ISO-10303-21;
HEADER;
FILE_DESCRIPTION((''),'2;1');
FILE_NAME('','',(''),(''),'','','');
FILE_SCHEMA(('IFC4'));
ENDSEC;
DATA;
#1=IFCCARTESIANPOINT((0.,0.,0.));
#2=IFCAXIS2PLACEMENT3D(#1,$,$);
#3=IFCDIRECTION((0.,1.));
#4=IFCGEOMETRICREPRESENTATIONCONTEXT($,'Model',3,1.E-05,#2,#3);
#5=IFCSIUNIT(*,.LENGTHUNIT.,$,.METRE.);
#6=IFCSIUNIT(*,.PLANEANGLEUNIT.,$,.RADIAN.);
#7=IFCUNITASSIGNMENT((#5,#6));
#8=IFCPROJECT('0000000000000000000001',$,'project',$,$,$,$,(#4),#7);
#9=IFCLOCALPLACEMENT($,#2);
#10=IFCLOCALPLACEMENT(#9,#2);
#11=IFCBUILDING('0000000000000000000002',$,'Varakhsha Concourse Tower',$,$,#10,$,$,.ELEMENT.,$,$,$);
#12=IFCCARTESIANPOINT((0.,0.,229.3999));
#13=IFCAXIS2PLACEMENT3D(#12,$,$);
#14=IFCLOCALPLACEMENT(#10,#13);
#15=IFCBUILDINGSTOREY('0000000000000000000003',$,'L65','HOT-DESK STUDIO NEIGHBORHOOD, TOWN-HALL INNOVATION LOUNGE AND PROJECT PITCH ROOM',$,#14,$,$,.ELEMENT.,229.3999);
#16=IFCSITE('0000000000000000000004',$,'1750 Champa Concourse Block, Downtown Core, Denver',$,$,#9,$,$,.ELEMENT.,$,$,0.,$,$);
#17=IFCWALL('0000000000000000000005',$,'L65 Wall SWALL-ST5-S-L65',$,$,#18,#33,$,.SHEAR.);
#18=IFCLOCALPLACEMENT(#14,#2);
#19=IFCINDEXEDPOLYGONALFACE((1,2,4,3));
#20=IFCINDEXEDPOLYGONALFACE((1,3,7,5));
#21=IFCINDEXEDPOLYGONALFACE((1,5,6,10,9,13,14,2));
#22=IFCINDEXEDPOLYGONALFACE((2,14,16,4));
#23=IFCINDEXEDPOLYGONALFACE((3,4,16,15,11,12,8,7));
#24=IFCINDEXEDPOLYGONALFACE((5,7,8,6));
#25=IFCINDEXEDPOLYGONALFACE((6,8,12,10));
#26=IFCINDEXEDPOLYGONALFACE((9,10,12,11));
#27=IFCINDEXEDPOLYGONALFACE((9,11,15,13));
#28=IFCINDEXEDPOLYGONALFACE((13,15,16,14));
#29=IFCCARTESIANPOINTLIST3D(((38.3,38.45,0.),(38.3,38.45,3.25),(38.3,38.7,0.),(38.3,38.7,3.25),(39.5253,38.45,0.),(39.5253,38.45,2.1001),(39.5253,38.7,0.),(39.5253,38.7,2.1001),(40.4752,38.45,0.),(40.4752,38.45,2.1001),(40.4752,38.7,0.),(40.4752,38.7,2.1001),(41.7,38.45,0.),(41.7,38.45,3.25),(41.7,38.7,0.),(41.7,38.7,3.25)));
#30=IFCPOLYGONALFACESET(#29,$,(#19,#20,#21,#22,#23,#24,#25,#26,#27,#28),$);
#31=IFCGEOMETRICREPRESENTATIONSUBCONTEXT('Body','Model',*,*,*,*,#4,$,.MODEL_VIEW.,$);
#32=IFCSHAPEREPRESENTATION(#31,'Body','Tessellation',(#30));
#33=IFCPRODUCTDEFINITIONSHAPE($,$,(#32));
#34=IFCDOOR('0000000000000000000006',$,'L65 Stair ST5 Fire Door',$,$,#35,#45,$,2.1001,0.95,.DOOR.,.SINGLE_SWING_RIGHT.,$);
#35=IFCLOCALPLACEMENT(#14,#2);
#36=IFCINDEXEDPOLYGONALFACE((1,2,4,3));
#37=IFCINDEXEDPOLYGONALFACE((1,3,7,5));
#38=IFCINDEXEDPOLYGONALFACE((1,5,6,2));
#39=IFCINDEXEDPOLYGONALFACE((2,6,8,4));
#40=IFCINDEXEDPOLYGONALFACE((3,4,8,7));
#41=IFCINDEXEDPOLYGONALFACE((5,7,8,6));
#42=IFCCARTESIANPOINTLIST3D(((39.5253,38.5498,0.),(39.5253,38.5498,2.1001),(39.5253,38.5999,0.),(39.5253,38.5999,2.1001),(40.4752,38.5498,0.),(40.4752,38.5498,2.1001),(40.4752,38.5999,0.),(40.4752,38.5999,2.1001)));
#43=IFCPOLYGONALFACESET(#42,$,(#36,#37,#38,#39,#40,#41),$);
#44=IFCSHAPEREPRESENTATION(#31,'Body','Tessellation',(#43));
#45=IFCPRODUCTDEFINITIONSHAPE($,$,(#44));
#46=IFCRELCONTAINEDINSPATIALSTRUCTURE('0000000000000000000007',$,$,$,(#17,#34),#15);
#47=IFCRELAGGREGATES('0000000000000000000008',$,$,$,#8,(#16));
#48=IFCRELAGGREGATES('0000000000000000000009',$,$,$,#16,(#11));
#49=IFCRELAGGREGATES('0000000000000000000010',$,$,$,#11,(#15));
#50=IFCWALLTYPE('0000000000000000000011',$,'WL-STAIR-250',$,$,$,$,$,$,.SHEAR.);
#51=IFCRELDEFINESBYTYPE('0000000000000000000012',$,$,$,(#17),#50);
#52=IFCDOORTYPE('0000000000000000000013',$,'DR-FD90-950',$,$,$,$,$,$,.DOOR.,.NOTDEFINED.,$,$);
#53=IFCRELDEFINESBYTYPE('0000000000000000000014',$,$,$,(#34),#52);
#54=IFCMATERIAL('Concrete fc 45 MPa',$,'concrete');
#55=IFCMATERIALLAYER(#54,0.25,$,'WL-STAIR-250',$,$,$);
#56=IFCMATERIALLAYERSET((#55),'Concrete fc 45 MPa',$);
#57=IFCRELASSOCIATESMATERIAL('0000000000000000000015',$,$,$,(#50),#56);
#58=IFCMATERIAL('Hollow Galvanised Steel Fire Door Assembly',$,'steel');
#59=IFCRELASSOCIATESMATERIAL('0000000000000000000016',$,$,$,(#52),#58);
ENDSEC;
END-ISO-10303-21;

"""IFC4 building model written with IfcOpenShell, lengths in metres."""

from ifc_helpers import new_model, si_unit, direction, frame, frame_2d, origin, place, context, subcontext, project, spatial, rectangle, extrude, material, layer, layer_set, type_object, element, fill, save


model = new_model("IFC4")

# Units and contexts
model_context = context("Model", 3, precision=1e-05, world=origin(), true_north=direction((0.0, 1.0)))
body_context = subcontext(model_context, "Body", "Model", "MODEL_VIEW")
ifc_project = project(units=[si_unit("LENGTHUNIT", "METRE"), si_unit("PLANEANGLEUNIT", "RADIAN")], contexts=[model_context])

# Site, building, storey
site_placement = place(None, origin())
site = spatial("IfcSite", under=ifc_project, at=site_placement, Name="1750 Champa Concourse Block, Downtown Core, Denver", CompositionType="ELEMENT", RefElevation=0.0)
building_placement = place(site_placement, origin())
building = spatial("IfcBuilding", under=site, at=building_placement, Name="Varakhsha Concourse Tower", CompositionType="ELEMENT")
storey_placement = place(building_placement, frame((0.0, 0.0, 229.3999)))
storey = spatial("IfcBuildingStorey", under=building, at=storey_placement, Name="L65", Description="HOT-DESK STUDIO NEIGHBORHOOD, TOWN-HALL INNOVATION LOUNGE AND PROJECT PITCH ROOM", CompositionType="ELEMENT", Elevation=229.3999)

# Shared definitions
ifc_material_1 = material(Name="Hollow Galvanised Steel Fire Door Assembly", Category="steel")

# Shared definitions
ifc_material_2 = material(Name="Concrete fc 45 MPa", Category="concrete")
ifc_layer_1 = layer(ifc_material_2, 0.25, Name="WL-STAIR-250")
ifc_layer_set_1 = layer_set([ifc_layer_1], Name="Concrete fc 45 MPa")
wall_type_1 = type_object("IfcWallType", Name="WL-STAIR-250", PredefinedType="SHEAR", material=ifc_layer_set_1)

# Wall, opening, door
wall_1_placement = place(storey_placement, frame((38.3, 38.575, 0.0), z_axis=(0.0, 0.0, 1.0), x_axis=(1.0, 0.0, 0.0)))
wall_1 = element("IfcWall", 1, at=wall_1_placement, inside=storey, type_object=wall_type_1, Name="L65 Wall SWALL-ST5-S-L65", PredefinedType="SHEAR", context=body_context, shape_type="SweptSolid", body=[
    extrude(rectangle(XDim=3.3999, YDim=0.25, at=frame_2d((1.7, 0.0))), origin(), (0.0, 0.0, 1.0), 3.25),
])
opening_1_placement = place(wall_1_placement, frame((1.2251, 0.0, 0.0)))
opening_1 = element("IfcOpeningElement", 2, at=opening_1_placement, cuts=wall_1, PredefinedType="OPENING", context=body_context, shape_type="SweptSolid", body=[
    extrude(rectangle(XDim=0.95, YDim=2.1001, at=frame_2d((0.4751, 1.05))), frame((0.0, 0.135, 0.0), z_axis=(0.0, -1.0, 0.0), x_axis=(1.0, 0.0, 0.0)), (0.0, 0.0, 1.0), 0.27),
])
door_type_1 = type_object("IfcDoorType", Name="DR-FD90-950", OperationType="NOTDEFINED", PredefinedType="DOOR", material=ifc_material_1)
door_1_placement = place(opening_1_placement, origin())
door_1 = element("IfcDoor", 3, at=door_1_placement, inside=storey, type_object=door_type_1, Name="L65 Stair ST5 Fire Door", OperationType="SINGLE_SWING_RIGHT", OverallHeight=2.1001, OverallWidth=0.95, PredefinedType="DOOR", context=body_context, shape_type="SweptSolid", body=[
    extrude(rectangle(XDim=0.95, YDim=2.1001, at=frame_2d((0.4751, 1.05))), frame((0.0, 0.0249, 0.0), z_axis=(0.0, -1.0, 0.0), x_axis=(1.0, 0.0, 0.0)), (0.0, 0.0, 1.0), 0.05),
])
fill(opening_1, door_1)

save(model, "model.ifc")
